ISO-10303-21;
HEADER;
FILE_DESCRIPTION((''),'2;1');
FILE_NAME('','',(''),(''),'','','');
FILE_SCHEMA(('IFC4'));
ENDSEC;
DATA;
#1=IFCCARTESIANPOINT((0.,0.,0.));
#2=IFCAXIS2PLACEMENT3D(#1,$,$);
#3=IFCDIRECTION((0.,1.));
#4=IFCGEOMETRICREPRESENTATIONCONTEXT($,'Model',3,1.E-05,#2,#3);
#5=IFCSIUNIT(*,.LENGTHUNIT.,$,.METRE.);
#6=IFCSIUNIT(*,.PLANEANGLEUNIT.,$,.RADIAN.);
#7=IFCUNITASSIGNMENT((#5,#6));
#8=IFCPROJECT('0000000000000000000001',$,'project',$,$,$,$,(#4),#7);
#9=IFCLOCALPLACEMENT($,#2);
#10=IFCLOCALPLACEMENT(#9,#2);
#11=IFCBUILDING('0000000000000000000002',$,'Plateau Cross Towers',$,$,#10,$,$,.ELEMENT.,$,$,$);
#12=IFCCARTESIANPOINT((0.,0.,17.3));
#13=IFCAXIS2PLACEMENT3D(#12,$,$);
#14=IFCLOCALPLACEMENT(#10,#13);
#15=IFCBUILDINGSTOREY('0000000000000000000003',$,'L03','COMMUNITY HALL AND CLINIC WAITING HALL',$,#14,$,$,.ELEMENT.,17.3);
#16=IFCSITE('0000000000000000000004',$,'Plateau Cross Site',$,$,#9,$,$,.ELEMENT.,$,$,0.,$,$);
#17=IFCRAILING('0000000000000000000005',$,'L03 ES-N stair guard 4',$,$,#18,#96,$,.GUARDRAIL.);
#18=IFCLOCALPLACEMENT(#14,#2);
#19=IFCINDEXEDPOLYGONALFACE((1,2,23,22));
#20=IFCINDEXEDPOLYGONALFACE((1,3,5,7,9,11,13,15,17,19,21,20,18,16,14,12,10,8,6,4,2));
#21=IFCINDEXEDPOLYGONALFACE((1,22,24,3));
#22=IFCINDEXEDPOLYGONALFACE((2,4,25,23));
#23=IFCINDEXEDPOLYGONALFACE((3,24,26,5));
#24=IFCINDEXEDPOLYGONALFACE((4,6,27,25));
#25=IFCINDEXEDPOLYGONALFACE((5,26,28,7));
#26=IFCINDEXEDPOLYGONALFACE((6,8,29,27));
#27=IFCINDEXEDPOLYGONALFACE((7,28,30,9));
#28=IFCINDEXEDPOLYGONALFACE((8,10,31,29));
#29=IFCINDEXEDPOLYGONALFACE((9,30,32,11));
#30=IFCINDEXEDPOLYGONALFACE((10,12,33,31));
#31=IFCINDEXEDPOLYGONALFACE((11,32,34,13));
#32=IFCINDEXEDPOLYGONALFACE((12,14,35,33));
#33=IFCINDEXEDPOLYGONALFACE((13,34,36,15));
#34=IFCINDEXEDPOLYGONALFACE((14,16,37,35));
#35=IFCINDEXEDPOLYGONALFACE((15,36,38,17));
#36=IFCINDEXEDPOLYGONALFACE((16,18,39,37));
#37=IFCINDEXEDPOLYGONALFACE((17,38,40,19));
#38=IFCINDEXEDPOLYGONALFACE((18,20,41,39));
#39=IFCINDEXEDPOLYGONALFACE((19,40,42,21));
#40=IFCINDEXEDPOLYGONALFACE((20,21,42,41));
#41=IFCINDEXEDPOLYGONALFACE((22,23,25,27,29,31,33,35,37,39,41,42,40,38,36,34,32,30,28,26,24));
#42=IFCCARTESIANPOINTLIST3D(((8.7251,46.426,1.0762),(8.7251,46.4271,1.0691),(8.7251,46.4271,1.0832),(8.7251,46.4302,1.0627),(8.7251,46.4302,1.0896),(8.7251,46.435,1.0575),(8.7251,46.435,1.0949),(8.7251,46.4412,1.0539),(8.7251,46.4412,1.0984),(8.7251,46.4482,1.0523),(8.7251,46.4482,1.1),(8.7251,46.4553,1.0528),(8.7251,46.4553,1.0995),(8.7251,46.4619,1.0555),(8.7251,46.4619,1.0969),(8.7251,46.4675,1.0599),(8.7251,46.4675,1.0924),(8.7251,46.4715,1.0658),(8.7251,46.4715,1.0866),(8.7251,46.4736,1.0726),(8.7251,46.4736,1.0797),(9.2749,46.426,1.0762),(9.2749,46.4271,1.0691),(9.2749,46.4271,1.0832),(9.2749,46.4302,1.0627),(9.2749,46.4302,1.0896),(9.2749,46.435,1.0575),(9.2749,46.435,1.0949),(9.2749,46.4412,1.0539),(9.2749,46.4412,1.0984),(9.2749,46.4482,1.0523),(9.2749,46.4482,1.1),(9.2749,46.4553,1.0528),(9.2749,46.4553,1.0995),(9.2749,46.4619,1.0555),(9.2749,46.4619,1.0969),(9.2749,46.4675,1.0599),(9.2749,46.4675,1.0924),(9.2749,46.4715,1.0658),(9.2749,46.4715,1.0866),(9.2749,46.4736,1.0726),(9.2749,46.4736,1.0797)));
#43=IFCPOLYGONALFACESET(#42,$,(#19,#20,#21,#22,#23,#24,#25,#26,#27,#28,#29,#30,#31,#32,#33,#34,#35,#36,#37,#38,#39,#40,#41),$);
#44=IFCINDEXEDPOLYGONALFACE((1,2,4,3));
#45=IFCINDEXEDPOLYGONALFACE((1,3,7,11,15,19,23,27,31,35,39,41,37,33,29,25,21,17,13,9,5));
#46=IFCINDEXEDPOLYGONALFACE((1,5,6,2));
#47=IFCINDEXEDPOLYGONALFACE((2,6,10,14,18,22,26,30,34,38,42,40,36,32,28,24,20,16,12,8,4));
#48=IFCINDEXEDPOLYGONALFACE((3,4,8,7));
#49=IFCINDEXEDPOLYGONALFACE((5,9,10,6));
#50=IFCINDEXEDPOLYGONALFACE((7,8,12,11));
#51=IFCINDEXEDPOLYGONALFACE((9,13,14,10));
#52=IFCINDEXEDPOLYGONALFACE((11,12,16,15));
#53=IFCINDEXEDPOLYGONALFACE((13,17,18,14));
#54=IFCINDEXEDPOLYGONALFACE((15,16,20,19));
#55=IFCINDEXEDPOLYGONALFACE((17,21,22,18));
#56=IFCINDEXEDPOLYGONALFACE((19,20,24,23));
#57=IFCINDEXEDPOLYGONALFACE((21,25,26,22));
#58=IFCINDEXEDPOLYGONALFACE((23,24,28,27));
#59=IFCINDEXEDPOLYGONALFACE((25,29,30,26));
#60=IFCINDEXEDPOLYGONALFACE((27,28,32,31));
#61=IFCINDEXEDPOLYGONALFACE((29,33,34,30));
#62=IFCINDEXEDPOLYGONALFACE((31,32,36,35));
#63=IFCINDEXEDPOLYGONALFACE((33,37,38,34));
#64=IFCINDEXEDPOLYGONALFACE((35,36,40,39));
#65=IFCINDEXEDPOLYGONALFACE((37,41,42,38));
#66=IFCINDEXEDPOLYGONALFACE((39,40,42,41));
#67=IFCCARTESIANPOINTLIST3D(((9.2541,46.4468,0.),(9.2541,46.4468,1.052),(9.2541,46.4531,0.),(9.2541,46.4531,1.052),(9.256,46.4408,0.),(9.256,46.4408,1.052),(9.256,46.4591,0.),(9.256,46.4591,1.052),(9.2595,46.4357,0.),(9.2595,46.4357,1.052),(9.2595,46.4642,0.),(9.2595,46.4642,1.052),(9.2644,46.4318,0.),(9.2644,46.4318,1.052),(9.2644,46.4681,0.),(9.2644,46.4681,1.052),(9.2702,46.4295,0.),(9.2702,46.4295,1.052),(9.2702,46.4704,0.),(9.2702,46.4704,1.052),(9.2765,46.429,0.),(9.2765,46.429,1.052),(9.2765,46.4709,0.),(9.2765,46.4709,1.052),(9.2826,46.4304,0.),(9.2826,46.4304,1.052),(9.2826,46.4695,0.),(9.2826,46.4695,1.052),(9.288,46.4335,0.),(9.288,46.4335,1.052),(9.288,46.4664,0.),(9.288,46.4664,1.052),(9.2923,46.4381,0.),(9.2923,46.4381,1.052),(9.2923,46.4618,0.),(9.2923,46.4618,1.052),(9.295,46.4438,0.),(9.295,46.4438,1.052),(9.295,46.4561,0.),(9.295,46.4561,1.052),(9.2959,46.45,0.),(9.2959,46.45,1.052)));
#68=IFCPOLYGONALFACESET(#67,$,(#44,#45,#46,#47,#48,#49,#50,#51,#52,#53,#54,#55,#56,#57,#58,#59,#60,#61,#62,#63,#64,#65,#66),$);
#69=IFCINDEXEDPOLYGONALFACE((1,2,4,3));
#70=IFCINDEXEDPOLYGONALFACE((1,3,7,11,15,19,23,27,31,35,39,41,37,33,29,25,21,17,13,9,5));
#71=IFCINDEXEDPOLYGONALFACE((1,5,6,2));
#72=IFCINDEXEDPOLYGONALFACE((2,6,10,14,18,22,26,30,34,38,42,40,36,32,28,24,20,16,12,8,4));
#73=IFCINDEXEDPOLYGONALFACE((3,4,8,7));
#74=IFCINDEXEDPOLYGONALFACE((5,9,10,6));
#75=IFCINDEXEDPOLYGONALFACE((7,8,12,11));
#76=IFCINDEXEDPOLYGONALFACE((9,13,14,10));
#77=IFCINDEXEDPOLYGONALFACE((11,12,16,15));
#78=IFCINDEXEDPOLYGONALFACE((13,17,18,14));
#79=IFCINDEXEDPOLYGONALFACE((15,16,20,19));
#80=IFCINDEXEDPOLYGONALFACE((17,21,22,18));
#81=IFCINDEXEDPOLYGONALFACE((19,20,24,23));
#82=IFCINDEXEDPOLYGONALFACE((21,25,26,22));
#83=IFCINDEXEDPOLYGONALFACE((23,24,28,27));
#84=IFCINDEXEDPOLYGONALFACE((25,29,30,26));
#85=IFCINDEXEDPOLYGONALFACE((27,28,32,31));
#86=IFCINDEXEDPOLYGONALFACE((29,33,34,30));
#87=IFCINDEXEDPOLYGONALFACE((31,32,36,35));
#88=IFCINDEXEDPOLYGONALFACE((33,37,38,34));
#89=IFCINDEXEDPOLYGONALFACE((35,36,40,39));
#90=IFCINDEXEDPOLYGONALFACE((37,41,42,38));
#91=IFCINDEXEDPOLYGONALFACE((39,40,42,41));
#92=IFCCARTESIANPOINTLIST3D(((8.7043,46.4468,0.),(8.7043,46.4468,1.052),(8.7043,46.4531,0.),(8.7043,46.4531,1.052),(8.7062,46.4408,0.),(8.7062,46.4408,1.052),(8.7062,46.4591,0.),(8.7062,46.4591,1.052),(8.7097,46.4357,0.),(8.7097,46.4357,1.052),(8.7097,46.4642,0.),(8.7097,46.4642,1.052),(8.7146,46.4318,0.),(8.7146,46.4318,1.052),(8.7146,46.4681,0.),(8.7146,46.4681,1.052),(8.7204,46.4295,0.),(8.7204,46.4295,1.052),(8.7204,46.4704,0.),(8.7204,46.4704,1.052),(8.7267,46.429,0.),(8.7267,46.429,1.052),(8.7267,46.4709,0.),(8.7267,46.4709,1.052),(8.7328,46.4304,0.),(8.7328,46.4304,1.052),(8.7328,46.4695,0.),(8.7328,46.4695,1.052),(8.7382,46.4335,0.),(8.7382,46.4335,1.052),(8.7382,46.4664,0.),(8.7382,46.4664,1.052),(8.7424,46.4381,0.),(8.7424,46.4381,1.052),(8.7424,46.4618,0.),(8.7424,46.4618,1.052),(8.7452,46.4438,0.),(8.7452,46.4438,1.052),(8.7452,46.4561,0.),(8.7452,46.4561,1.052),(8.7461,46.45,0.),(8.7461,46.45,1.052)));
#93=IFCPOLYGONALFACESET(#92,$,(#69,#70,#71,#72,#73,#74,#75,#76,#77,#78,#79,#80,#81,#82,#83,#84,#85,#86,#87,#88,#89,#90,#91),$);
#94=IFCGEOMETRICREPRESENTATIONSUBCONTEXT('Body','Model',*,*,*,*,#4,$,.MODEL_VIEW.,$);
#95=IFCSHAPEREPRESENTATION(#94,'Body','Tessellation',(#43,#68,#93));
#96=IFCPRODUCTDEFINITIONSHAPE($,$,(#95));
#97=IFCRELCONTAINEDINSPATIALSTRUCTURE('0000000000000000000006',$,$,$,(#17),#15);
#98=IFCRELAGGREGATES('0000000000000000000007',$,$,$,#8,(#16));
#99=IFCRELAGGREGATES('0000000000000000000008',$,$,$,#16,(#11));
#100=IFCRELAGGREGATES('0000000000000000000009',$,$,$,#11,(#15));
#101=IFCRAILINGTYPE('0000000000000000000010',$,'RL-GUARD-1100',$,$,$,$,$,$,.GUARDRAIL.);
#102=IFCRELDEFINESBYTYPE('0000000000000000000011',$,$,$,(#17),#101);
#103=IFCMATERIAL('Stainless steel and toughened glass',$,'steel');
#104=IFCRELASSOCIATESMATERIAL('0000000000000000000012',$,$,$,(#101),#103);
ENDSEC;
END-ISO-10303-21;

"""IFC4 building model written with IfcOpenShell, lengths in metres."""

from ifc_helpers import new_model, si_unit, direction, frame, origin, origin_2d, place, context, subcontext, project, spatial, circle, extrude, material, type_object, element, save


model = new_model("IFC4")

# Units and contexts
model_context = context("Model", 3, precision=1e-05, world=origin(), true_north=direction((0.0, 1.0)))
body_context = subcontext(model_context, "Body", "Model", "MODEL_VIEW")
ifc_project = project(units=[si_unit("LENGTHUNIT", "METRE"), si_unit("PLANEANGLEUNIT", "RADIAN")], contexts=[model_context])

# Site, building, storey
site_placement = place(None, origin())
site = spatial("IfcSite", under=ifc_project, at=site_placement, Name="Plateau Cross Site", CompositionType="ELEMENT", RefElevation=0.0)
building_placement = place(site_placement, origin())
building = spatial("IfcBuilding", under=site, at=building_placement, Name="Plateau Cross Towers", CompositionType="ELEMENT")
storey_placement = place(building_placement, frame((0.0, 0.0, 17.3)))
storey = spatial("IfcBuildingStorey", under=building, at=storey_placement, Name="L03", Description="COMMUNITY HALL AND CLINIC WAITING HALL", CompositionType="ELEMENT", Elevation=17.3)

# Railing
ifc_material_1 = material(Name="Stainless steel and toughened glass", Category="steel")
railing_type_1 = type_object("IfcRailingType", Name="RL-GUARD-1100", PredefinedType="GUARDRAIL", material=ifc_material_1)
railing_1_placement = place(storey_placement, frame((9.2749, 46.45, 0.0)))
element("IfcRailing", 1, at=railing_1_placement, inside=storey, type_object=railing_type_1, Name="L03 ES-N stair guard 4", PredefinedType="GUARDRAIL", context=body_context, shape_type="SweptSolid", body=[
    extrude(circle(Radius=0.0239, at=origin_2d()), frame((0.0, 0.0, 1.0762), z_axis=(-1.0, 0.0, 0.0), x_axis=(0.0, -1.0, 0.0)), (0.0, 0.0, 1.0), 0.5498),
    extrude(circle(Radius=0.021, at=origin_2d()), origin(), (0.0, 0.0, 1.0), 1.052),
    extrude(circle(Radius=0.021, at=origin_2d()), frame((-0.5498, 0.0, 0.0)), (0.0, 0.0, 1.0), 1.052),
])

save(model, "model.ifc")
